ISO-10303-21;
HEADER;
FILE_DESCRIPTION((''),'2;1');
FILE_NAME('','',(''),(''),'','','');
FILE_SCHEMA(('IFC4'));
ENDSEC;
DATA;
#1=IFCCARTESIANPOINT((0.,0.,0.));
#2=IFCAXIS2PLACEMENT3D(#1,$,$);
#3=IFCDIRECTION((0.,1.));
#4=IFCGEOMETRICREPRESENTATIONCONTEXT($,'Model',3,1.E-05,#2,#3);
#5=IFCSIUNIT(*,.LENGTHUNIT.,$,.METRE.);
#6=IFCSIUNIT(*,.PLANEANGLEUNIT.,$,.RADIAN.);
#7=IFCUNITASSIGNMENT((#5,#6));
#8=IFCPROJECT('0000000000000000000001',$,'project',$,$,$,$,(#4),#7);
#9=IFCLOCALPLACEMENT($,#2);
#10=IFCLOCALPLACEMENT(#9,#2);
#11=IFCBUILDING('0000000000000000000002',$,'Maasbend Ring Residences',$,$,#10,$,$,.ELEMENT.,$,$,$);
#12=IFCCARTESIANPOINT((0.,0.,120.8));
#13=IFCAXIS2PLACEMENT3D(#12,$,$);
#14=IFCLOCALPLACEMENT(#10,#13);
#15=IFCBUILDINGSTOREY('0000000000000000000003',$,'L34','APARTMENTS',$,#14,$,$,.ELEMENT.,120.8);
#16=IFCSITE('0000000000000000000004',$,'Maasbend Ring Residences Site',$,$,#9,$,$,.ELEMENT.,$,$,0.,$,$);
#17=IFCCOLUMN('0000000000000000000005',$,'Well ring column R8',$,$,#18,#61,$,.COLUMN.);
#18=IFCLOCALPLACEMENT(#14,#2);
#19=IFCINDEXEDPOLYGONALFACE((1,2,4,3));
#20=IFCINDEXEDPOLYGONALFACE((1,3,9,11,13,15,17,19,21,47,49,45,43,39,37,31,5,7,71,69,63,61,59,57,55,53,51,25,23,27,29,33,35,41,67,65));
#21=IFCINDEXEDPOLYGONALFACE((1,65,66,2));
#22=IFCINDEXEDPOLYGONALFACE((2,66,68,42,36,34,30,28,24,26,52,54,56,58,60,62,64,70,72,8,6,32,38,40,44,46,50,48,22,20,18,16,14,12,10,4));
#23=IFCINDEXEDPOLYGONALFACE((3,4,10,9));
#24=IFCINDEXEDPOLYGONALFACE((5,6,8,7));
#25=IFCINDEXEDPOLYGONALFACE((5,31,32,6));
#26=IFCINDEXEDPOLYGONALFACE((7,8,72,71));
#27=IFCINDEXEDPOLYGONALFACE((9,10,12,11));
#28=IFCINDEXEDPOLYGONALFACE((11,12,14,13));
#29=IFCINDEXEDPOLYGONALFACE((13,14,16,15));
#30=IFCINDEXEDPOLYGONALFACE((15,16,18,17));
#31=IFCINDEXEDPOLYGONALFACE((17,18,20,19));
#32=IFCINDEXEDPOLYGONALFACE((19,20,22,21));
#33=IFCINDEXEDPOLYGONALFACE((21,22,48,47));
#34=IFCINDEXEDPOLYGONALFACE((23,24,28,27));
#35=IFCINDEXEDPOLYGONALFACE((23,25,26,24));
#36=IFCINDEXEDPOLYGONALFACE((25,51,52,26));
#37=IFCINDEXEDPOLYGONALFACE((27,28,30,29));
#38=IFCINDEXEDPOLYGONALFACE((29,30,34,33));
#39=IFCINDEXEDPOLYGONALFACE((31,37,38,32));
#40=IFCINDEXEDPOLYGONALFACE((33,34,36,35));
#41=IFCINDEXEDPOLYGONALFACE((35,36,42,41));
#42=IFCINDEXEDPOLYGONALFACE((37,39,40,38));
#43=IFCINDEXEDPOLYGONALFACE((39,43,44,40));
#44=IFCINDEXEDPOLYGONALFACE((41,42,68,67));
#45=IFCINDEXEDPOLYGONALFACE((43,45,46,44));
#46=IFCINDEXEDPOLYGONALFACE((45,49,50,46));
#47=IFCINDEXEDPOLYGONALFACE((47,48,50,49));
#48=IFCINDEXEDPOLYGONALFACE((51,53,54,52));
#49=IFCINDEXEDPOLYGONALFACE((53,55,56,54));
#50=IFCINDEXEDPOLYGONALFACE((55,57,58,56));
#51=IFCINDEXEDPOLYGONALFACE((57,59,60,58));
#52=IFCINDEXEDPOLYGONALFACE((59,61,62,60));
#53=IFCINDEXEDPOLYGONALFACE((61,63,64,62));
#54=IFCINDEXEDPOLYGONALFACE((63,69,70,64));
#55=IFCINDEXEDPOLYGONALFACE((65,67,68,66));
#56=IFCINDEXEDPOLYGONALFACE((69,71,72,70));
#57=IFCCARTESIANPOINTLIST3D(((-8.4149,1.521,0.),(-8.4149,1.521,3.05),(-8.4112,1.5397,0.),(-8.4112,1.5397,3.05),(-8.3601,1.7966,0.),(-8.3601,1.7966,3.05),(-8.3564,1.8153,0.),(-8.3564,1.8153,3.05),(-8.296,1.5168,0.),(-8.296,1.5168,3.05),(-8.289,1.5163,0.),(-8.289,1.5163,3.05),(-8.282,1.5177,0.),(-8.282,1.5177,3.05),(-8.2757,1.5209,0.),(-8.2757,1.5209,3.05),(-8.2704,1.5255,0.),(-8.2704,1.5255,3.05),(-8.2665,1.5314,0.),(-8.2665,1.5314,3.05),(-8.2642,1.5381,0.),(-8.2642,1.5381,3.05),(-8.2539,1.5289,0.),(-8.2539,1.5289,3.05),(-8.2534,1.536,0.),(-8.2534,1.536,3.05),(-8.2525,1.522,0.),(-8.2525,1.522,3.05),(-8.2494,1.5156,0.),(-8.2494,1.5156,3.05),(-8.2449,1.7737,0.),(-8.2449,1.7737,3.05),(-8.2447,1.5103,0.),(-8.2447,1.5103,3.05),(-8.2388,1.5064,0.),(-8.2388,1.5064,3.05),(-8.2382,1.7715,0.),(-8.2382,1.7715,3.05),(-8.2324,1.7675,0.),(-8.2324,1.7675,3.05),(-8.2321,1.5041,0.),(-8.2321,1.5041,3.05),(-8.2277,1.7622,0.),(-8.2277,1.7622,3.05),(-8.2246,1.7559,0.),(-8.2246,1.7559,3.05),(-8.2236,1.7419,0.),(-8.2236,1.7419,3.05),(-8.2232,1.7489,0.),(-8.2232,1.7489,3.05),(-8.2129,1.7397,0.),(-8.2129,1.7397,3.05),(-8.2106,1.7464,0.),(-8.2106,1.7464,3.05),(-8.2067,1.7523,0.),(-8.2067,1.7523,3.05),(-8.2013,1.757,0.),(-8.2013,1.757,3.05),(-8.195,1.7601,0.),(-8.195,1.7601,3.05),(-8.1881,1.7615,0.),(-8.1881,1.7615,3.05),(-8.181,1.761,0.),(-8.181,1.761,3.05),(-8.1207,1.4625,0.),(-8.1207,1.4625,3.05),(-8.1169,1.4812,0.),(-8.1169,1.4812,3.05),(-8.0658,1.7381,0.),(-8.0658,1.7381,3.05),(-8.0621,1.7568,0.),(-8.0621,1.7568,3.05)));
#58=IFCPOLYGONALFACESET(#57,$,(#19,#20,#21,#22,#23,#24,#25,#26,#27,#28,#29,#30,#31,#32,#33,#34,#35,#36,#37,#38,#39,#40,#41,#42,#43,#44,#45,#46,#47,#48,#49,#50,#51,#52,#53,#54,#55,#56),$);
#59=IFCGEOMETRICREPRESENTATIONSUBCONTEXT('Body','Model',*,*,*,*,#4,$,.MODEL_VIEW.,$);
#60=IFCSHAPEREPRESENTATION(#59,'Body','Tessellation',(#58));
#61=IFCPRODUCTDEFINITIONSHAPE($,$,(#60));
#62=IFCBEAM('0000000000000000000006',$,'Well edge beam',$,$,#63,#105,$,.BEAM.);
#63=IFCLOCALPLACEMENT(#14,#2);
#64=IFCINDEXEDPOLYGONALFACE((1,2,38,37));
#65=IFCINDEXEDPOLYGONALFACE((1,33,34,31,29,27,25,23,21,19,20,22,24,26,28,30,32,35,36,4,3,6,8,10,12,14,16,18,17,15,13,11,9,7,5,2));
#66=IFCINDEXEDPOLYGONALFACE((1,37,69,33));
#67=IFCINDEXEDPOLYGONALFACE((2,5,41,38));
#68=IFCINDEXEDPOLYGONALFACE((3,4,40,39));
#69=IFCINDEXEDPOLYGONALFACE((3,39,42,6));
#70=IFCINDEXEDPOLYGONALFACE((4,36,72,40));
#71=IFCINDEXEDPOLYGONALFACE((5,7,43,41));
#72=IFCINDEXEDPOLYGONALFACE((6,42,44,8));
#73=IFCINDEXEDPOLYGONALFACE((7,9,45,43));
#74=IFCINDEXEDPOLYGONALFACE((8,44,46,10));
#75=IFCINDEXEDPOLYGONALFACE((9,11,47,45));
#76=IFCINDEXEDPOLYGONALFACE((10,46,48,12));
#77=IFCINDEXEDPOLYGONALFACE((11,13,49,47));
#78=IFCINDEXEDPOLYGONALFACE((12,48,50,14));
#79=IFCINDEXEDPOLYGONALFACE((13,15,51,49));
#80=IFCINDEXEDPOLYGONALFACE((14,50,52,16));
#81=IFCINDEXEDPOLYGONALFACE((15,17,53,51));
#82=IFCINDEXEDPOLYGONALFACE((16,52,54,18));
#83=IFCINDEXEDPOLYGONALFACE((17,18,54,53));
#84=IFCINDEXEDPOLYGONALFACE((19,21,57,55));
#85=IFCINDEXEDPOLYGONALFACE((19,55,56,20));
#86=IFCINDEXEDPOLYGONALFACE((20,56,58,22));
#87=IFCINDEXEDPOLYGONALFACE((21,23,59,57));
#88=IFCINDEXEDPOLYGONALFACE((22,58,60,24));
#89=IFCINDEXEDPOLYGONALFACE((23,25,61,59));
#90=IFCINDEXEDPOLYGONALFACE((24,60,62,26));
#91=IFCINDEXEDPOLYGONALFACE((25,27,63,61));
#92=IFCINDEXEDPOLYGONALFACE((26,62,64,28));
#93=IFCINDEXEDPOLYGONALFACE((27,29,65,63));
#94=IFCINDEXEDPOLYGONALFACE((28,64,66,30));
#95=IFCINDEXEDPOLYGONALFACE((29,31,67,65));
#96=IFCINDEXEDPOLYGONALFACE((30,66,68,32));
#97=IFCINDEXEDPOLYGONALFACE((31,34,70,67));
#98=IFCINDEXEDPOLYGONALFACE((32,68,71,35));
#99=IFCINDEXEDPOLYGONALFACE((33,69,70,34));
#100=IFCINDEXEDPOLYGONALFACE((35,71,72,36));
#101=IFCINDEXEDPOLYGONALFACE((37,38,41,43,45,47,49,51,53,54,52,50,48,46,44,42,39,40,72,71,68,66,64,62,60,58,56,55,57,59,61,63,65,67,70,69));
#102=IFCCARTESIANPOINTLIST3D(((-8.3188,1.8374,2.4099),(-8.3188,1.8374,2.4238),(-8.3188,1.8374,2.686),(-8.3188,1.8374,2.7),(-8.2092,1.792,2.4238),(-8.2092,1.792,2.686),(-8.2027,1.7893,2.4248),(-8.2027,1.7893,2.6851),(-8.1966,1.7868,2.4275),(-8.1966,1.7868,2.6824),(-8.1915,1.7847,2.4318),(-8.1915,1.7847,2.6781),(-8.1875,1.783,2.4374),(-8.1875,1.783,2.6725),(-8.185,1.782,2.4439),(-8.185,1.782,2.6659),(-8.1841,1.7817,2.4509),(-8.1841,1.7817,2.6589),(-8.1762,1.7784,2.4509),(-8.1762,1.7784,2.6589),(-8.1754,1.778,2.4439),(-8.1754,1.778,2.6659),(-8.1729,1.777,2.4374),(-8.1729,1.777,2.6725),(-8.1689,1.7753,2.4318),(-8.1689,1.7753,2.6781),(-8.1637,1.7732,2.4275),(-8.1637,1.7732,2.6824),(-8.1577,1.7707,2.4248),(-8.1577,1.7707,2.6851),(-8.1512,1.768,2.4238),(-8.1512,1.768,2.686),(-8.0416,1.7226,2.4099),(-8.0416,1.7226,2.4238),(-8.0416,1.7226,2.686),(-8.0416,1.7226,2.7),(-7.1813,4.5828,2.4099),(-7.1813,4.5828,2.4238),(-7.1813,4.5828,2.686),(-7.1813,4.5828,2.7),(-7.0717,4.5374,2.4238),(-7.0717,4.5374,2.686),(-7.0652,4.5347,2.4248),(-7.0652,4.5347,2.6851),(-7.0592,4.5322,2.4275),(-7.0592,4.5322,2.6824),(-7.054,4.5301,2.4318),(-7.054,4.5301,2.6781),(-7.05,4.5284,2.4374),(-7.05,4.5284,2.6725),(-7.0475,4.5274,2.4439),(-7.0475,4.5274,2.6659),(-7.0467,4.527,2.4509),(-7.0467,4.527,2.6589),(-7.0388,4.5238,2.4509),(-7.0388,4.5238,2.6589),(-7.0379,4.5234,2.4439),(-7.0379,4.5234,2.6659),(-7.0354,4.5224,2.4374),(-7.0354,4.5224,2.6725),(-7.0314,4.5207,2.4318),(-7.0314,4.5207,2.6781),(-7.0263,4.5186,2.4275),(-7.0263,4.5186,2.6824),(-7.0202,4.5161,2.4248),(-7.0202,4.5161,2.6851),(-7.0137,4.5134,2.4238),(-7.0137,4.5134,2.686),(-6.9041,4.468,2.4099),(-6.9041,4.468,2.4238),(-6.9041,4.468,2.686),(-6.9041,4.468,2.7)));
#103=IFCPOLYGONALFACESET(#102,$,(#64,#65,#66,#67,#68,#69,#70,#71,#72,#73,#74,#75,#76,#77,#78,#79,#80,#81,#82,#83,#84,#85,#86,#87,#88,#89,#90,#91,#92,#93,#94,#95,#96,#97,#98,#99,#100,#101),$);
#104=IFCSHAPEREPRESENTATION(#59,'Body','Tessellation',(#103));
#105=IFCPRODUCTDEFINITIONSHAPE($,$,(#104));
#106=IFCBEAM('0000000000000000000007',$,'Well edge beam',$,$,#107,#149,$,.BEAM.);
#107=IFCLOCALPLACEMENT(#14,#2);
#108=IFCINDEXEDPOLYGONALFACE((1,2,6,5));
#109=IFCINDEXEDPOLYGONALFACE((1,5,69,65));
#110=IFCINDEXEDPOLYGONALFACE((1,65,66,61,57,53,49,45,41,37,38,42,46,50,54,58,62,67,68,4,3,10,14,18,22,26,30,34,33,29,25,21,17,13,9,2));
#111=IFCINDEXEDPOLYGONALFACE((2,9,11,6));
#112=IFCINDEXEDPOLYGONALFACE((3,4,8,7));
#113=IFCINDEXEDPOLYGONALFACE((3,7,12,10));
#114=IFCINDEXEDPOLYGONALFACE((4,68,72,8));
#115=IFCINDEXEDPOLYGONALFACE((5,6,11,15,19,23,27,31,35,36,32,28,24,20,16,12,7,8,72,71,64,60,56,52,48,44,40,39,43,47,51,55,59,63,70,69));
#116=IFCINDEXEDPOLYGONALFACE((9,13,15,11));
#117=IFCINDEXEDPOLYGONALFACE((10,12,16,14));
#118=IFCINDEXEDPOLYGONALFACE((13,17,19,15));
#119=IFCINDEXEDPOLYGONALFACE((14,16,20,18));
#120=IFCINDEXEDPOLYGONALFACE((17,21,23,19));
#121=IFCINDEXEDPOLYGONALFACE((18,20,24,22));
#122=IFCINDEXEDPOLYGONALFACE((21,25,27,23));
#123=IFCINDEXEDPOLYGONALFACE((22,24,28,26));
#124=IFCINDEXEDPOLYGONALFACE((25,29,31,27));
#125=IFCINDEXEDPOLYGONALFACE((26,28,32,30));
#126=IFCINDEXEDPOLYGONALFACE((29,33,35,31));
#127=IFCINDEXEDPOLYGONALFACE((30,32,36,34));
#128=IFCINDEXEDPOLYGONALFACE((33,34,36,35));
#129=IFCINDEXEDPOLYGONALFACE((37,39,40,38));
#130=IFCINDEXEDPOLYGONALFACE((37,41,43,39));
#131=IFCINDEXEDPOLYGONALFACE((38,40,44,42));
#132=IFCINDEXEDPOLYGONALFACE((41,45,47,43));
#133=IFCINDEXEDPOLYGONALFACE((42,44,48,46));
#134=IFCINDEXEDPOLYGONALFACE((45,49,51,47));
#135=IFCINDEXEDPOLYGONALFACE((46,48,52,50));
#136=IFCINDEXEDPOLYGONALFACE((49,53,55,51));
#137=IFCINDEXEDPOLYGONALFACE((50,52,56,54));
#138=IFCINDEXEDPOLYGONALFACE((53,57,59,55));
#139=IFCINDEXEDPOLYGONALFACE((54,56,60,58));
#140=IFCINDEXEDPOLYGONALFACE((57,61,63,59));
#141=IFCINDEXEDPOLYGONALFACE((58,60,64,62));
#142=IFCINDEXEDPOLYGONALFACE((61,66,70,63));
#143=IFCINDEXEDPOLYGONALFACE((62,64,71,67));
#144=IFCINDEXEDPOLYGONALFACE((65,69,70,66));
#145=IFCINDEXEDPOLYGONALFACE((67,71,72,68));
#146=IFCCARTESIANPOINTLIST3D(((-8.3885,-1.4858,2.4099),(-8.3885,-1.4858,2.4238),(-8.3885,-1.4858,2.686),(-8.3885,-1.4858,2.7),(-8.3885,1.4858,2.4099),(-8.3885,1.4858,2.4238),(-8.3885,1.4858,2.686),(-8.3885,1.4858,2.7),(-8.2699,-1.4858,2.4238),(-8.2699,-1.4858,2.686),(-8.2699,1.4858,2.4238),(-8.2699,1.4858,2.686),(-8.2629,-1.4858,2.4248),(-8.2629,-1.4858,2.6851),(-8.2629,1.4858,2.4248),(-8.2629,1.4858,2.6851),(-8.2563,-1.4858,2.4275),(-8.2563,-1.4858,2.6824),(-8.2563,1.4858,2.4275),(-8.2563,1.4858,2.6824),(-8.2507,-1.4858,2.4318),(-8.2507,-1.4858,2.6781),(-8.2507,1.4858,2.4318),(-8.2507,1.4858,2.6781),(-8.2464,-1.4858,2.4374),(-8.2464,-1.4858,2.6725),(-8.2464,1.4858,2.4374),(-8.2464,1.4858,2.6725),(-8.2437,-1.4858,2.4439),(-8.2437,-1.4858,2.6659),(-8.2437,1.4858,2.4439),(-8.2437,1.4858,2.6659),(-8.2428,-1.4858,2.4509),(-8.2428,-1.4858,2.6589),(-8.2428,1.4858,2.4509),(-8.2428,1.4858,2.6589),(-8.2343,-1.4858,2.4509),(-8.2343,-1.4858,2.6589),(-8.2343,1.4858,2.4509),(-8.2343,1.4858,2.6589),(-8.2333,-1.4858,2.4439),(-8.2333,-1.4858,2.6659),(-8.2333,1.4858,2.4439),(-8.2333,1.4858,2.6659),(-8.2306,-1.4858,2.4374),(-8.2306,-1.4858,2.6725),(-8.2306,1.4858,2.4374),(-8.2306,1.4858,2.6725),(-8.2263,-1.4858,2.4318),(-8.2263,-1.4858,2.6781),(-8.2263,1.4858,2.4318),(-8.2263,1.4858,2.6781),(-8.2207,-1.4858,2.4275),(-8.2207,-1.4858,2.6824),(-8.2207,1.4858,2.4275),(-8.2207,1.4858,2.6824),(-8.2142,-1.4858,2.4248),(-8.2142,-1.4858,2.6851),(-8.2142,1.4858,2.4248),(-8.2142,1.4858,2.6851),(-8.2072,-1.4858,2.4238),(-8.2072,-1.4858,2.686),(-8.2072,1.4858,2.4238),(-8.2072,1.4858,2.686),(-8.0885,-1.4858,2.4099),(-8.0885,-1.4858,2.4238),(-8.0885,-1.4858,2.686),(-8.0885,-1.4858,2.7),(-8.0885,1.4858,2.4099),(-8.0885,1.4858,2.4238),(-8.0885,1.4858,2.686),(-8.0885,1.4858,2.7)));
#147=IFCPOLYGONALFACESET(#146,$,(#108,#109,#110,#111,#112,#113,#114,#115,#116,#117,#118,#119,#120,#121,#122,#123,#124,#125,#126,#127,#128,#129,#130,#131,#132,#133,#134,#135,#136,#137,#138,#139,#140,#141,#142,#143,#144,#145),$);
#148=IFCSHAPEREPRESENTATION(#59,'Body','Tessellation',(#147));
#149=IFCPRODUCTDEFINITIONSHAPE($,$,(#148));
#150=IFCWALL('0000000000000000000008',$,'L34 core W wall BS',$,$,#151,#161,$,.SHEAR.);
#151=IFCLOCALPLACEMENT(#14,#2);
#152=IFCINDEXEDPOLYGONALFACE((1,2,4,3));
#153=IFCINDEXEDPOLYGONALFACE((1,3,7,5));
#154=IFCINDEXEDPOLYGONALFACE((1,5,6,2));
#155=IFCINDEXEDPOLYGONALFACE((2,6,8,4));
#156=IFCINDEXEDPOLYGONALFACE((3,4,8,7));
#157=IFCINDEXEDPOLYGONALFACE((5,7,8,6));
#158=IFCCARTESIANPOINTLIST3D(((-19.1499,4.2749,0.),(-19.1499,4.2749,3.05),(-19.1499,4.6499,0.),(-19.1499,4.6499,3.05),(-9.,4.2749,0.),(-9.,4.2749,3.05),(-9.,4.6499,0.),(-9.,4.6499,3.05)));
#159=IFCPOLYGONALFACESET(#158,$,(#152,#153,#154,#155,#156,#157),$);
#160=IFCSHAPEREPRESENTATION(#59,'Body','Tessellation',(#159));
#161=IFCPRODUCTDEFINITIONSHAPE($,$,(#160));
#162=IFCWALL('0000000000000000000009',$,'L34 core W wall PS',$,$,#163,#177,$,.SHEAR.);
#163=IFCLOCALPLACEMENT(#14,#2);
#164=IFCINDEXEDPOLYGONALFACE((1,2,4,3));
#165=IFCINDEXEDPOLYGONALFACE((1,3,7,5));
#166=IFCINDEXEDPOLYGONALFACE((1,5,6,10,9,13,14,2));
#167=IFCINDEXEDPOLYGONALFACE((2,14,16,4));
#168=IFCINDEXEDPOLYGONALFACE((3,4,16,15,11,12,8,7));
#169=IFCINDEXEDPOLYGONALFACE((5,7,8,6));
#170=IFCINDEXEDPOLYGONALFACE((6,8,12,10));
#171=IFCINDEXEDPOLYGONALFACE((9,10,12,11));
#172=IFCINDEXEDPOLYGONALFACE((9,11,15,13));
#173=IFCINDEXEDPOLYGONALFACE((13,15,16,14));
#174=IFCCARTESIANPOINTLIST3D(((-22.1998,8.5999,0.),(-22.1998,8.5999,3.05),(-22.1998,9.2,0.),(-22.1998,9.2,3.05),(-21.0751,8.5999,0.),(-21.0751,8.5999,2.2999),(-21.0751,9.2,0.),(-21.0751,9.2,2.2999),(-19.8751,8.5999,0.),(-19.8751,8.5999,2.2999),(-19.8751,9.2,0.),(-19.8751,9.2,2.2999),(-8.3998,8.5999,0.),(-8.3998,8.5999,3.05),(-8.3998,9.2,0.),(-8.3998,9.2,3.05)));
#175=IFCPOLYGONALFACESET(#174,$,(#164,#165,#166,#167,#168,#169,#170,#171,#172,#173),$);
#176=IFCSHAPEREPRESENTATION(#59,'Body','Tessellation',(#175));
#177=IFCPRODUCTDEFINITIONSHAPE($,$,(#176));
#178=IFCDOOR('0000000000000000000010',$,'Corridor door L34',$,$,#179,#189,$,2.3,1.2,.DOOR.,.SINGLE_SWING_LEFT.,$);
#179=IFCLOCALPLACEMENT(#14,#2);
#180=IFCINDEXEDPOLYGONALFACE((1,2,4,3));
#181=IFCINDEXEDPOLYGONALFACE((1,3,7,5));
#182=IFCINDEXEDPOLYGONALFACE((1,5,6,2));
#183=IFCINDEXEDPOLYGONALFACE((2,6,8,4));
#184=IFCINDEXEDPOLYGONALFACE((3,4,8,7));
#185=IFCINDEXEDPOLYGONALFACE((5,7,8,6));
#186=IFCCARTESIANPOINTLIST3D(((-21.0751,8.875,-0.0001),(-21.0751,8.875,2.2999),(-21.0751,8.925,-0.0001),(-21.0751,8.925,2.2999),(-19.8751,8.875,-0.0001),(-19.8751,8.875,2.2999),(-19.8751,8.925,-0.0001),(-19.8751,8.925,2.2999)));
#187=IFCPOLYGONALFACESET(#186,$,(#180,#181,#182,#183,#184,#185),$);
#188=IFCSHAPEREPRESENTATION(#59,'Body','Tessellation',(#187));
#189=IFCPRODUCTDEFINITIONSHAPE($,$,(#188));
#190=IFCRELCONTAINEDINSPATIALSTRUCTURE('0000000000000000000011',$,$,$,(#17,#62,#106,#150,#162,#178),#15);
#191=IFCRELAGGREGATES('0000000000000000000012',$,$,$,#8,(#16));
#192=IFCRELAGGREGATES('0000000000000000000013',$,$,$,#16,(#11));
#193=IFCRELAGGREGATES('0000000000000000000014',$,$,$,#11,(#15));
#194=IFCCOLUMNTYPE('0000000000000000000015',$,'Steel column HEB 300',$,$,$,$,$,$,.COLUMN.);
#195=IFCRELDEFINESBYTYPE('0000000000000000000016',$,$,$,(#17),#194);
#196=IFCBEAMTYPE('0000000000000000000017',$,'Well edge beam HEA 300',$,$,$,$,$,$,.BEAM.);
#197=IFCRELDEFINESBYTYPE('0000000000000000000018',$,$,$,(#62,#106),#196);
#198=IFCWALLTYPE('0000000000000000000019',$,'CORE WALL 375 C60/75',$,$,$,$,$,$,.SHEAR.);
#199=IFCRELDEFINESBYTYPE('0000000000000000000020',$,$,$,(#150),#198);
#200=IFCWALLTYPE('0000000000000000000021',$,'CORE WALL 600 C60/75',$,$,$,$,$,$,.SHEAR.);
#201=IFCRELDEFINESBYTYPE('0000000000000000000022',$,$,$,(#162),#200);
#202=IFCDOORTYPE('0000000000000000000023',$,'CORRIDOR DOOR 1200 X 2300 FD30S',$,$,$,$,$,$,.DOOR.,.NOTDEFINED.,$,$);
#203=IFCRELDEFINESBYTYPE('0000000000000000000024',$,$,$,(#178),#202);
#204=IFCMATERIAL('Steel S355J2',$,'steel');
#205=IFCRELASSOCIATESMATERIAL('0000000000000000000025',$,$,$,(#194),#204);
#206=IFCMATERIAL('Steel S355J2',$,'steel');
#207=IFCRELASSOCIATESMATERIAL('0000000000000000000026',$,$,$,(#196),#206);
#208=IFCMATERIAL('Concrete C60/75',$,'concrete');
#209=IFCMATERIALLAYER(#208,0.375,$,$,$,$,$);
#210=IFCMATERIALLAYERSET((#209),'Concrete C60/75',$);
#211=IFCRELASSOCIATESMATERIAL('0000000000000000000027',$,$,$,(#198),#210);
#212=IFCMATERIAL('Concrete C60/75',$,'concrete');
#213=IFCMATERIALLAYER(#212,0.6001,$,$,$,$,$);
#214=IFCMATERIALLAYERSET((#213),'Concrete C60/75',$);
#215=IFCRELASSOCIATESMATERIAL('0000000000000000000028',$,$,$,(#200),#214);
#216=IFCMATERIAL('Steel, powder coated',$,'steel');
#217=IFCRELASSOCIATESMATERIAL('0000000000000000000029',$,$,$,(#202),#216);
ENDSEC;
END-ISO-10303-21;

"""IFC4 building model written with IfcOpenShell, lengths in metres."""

from ifc_helpers import new_model, si_unit, direction, frame, frame_2d, origin, origin_2d, place, context, subcontext, project, spatial, rectangle, i_section, extrude, material, layer, layer_set, material_profile, profile_set, type_object, element, fill, save


model = new_model("IFC4")

# Units and contexts
model_context = context("Model", 3, precision=1e-05, world=origin(), true_north=direction((0.0, 1.0)))
body_context = subcontext(model_context, "Body", "Model", "MODEL_VIEW")
ifc_project = project(units=[si_unit("LENGTHUNIT", "METRE"), si_unit("PLANEANGLEUNIT", "RADIAN")], contexts=[model_context])

# Site, building, storey
site_placement = place(None, origin())
site = spatial("IfcSite", under=ifc_project, at=site_placement, Name="Maasbend Ring Residences Site", CompositionType="ELEMENT", RefElevation=0.0)
building_placement = place(site_placement, origin())
building = spatial("IfcBuilding", under=site, at=building_placement, Name="Maasbend Ring Residences", CompositionType="ELEMENT")
storey_placement = place(building_placement, frame((0.0, 0.0, 120.8)))
storey = spatial("IfcBuildingStorey", under=building, at=storey_placement, Name="L34", Description="APARTMENTS", CompositionType="ELEMENT", Elevation=120.8)

# Column
ifc_material_1 = material(Name="Steel S355J2", Category="steel")
ifc_material_profile_1 = material_profile(ifc_material_1, i_section(OverallWidth=0.3, OverallDepth=0.3, WebThickness=0.011, FlangeThickness=0.019, FilletRadius=0.0271, at=origin_2d()), Name="HEB 300")
ifc_profile_set_1 = profile_set([ifc_material_profile_1], Name="Steel S355J2")
column_type = type_object("IfcColumnType", Name="Steel column HEB 300", PredefinedType="COLUMN", material=ifc_profile_set_1)
column_placement = place(storey_placement, frame((-8.2385, 1.6389, 0.0), z_axis=(0.0, 0.0, 1.0), x_axis=(-0.980785, 0.19509, 0.0)))
element("IfcColumn", 1, at=column_placement, inside=storey, type_object=column_type, Name="Well ring column R8", PredefinedType="COLUMN", context=body_context, shape_type="SweptSolid", body=[
    extrude(i_section(OverallWidth=0.3, OverallDepth=0.3, WebThickness=0.011, FlangeThickness=0.019, FilletRadius=0.0271, at=origin_2d()), origin(), (0.0, 0.0, 1.0), 3.05),
])

# Beams
ifc_material_2 = material(Name="Steel S355J2", Category="steel")
ifc_material_profile_2 = material_profile(ifc_material_2, i_section(OverallWidth=0.3, OverallDepth=0.29, WebThickness=0.0085, FlangeThickness=0.0139, FilletRadius=0.0271, at=origin_2d()), Name="HEA 300")
ifc_profile_set_2 = profile_set([ifc_material_profile_2], Name="Steel S355J2")
beam_type = type_object("IfcBeamType", Name="Well edge beam HEA 300", PredefinedType="BEAM", material=ifc_profile_set_2)
for number, where, z_axis, x_axis, name in (
    (2, (-7.0427, 4.5254, 2.5549), (-0.382765, -0.923846, 0.0), (0.923846, -0.382765, 0.0), "Well edge beam"),
    (3, (-8.2385, 1.4858, 2.5549), (0.0, -1.0, 0.0), (1.0, 0.0, 0.0), "Well edge beam"),
):
    element("IfcBeam", number, at=place(storey_placement, frame(where, z_axis=z_axis, x_axis=x_axis)), inside=storey, type_object=beam_type, Name=name, PredefinedType="BEAM", context=body_context, shape_type="SweptSolid", body=[
        extrude(i_section(OverallWidth=0.3, OverallDepth=0.29, WebThickness=0.0085, FlangeThickness=0.0139, FilletRadius=0.0271, at=origin_2d()), origin(), (0.0, 0.0, 1.0), 2.9717),
    ])

# Wall
ifc_material_3 = material(Name="Concrete C60/75", Category="concrete")
ifc_layer_1 = layer(ifc_material_3, 0.375)
ifc_layer_set_1 = layer_set([ifc_layer_1], Name="Concrete C60/75")
wall_type_1 = type_object("IfcWallType", Name="CORE WALL 375 C60/75", PredefinedType="SHEAR", material=ifc_layer_set_1)
wall_1_placement = place(storey_placement, frame((-9.0, 4.4624, 0.0), z_axis=(0.0, 0.0, 1.0), x_axis=(-1.0, 0.0, 0.0)))
element("IfcWall", 4, at=wall_1_placement, inside=storey, type_object=wall_type_1, Name="L34 core W wall BS", PredefinedType="SHEAR", context=body_context, shape_type="SweptSolid", body=[
    extrude(rectangle(XDim=10.1499, YDim=0.375, at=frame_2d((5.075, 0.0))), origin(), (0.0, 0.0, 1.0), 3.05),
])

# Wall, opening, door
ifc_material_4 = material(Name="Concrete C60/75", Category="concrete")
ifc_layer_2 = layer(ifc_material_4, 0.6001)
ifc_layer_set_2 = layer_set([ifc_layer_2], Name="Concrete C60/75")
wall_type_2 = type_object("IfcWallType", Name="CORE WALL 600 C60/75", PredefinedType="SHEAR", material=ifc_layer_set_2)
wall_2_placement = place(storey_placement, frame((-8.3999, 8.8999, 0.0), z_axis=(0.0, 0.0, 1.0), x_axis=(-1.0, 0.0, 0.0)))
wall_2 = element("IfcWall", 5, at=wall_2_placement, inside=storey, type_object=wall_type_2, Name="L34 core W wall PS", PredefinedType="SHEAR", context=body_context, shape_type="SweptSolid", body=[
    extrude(rectangle(XDim=13.8, YDim=0.6001, at=frame_2d((6.8999, 0.0))), origin(), (0.0, 0.0, 1.0), 3.05),
])
opening_1_placement = place(wall_2_placement, frame((11.4751, 0.0, 0.0)))
opening_1 = element("IfcOpeningElement", 6, at=opening_1_placement, cuts=wall_2, PredefinedType="OPENING", context=body_context, shape_type="SweptSolid", body=[
    extrude(rectangle(XDim=1.2, YDim=2.3, at=frame_2d((0.6001, 1.1499))), frame((0.0, 0.3101, 0.0), z_axis=(0.0, -1.0, 0.0), x_axis=(1.0, 0.0, 0.0)), (0.0, 0.0, 1.0), 0.6201),
])
ifc_material_5 = material(Name="Steel, powder coated", Category="steel")
door_type_1 = type_object("IfcDoorType", Name="CORRIDOR DOOR 1200 X 2300 FD30S", OperationType="NOTDEFINED", PredefinedType="DOOR", material=ifc_material_5)
door_1_placement = place(opening_1_placement, origin())
door_1 = element("IfcDoor", 7, at=door_1_placement, inside=storey, type_object=door_type_1, Name="Corridor door L34", OperationType="SINGLE_SWING_LEFT", OverallHeight=2.3, OverallWidth=1.2, PredefinedType="DOOR", context=body_context, shape_type="SweptSolid", body=[
    extrude(rectangle(XDim=1.2, YDim=2.3, at=frame_2d((0.6001, 1.1499))), frame((0.0, 0.0249, 0.0), z_axis=(0.0, -1.0, 0.0), x_axis=(1.0, 0.0, 0.0)), (0.0, 0.0, 1.0), 0.05),
])
fill(opening_1, door_1)

save(model, "model.ifc")
